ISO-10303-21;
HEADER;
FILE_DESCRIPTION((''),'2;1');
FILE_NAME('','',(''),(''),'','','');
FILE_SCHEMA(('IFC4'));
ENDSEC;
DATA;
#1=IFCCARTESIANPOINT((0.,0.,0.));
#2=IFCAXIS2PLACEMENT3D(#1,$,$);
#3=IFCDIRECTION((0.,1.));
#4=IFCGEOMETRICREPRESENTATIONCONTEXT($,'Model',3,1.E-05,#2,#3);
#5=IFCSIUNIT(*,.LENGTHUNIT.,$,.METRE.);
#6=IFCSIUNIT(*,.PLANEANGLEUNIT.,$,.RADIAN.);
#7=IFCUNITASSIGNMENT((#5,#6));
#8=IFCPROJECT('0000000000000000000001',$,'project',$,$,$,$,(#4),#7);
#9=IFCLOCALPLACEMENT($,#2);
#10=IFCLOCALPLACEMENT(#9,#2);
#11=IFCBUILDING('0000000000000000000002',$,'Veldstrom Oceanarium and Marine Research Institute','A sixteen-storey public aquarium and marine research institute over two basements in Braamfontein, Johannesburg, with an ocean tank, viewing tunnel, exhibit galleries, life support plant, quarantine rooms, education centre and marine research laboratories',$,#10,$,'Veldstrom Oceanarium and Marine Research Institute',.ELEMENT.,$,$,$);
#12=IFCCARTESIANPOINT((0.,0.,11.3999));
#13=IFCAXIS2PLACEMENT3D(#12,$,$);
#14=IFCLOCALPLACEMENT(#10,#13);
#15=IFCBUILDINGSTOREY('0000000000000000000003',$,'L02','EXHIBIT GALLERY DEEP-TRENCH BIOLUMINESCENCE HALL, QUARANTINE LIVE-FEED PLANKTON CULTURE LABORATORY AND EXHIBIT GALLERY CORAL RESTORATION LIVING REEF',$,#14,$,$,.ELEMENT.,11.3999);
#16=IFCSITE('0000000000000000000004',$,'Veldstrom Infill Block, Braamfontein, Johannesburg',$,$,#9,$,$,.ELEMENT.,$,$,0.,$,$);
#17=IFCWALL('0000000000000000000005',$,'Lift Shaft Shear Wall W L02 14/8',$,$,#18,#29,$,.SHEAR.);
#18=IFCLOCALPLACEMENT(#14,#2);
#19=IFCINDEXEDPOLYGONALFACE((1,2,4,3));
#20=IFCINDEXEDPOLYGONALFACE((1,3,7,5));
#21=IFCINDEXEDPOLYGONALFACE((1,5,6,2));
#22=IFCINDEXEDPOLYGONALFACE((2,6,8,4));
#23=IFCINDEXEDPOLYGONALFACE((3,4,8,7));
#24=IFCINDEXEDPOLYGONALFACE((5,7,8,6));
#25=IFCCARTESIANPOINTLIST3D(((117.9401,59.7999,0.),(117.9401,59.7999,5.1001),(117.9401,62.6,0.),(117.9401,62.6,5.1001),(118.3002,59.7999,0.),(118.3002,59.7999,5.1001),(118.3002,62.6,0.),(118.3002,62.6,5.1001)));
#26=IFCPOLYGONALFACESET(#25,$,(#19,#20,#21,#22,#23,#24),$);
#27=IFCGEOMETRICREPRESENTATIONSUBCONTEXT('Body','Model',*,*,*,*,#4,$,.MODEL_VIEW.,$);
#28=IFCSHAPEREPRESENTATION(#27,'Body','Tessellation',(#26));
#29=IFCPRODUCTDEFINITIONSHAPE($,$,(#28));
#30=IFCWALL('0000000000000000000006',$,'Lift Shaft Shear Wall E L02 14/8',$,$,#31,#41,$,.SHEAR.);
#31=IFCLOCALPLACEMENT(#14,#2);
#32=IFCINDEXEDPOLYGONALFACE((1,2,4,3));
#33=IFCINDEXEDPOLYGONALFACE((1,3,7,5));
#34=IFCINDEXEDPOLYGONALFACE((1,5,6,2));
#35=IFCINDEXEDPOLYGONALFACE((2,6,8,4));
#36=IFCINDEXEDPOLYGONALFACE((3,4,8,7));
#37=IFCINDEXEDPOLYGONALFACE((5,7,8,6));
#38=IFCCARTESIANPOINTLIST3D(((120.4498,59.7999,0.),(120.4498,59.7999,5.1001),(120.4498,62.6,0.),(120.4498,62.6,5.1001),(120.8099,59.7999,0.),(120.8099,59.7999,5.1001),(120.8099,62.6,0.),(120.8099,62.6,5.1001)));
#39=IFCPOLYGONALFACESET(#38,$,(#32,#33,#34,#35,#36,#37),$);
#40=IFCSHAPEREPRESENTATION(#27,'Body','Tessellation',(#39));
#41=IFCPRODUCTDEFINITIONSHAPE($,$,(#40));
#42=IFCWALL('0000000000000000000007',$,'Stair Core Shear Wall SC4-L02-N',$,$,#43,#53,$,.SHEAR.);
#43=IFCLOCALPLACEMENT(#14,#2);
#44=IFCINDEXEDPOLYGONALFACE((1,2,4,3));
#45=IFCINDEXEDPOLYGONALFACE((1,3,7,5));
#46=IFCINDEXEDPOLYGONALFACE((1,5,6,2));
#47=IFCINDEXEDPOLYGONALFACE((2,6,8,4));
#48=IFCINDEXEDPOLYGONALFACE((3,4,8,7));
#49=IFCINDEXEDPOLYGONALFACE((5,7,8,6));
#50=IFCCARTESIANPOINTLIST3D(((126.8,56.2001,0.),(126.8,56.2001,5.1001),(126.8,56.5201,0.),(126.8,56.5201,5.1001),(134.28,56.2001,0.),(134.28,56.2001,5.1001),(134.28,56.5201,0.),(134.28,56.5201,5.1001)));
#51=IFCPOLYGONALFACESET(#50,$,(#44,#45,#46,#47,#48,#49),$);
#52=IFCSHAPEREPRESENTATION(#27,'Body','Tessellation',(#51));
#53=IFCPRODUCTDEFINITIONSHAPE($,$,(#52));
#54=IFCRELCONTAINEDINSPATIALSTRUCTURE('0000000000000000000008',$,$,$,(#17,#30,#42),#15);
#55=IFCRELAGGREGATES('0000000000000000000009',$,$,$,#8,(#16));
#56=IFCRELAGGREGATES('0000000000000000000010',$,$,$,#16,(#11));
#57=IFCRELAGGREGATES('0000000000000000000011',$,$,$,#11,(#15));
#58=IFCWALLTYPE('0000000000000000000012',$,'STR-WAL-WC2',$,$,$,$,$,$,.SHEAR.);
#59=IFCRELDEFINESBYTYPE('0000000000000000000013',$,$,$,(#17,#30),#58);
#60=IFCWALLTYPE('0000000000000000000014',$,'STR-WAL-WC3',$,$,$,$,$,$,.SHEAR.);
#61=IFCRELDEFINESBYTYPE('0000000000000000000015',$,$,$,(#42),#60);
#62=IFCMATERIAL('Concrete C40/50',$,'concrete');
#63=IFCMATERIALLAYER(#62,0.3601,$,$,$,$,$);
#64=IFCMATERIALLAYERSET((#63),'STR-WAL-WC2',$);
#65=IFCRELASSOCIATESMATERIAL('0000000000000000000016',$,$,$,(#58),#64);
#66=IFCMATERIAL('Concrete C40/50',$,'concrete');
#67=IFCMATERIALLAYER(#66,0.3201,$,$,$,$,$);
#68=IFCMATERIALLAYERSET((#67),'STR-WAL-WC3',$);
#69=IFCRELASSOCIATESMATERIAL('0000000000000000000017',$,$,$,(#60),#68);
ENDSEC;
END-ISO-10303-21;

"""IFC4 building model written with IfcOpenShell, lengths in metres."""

from ifc_helpers import new_model, si_unit, direction, frame, frame_2d, origin, place, context, subcontext, project, spatial, rectangle, extrude, material, layer, layer_set, type_object, element, save


model = new_model("IFC4")

# Units and contexts
model_context = context("Model", 3, precision=1e-05, world=origin(), true_north=direction((0.0, 1.0)))
body_context = subcontext(model_context, "Body", "Model", "MODEL_VIEW")
ifc_project = project(units=[si_unit("LENGTHUNIT", "METRE"), si_unit("PLANEANGLEUNIT", "RADIAN")], contexts=[model_context])

# Site, building, storey
site_placement = place(None, origin())
site = spatial("IfcSite", under=ifc_project, at=site_placement, Name="Veldstrom Infill Block, Braamfontein, Johannesburg", CompositionType="ELEMENT", RefElevation=0.0)
building_placement = place(site_placement, origin())
building = spatial("IfcBuilding", under=site, at=building_placement, Name="Veldstrom Oceanarium and Marine Research Institute", Description="A sixteen-storey public aquarium and marine research institute over two basements in Braamfontein, Johannesburg, with an ocean tank, viewing tunnel, exhibit galleries, life support plant, quarantine rooms, education centre and marine research laboratories", LongName="Veldstrom Oceanarium and Marine Research Institute", CompositionType="ELEMENT")
storey_placement = place(building_placement, frame((0.0, 0.0, 11.3999)))
storey = spatial("IfcBuildingStorey", under=building, at=storey_placement, Name="L02", Description="EXHIBIT GALLERY DEEP-TRENCH BIOLUMINESCENCE HALL, QUARANTINE LIVE-FEED PLANKTON CULTURE LABORATORY AND EXHIBIT GALLERY CORAL RESTORATION LIVING REEF", CompositionType="ELEMENT", Elevation=11.3999)

# Shared definitions
ifc_material_1 = material(Name="Concrete C40/50", Category="concrete")
ifc_layer_1 = layer(ifc_material_1, 0.3601)
ifc_layer_set_1 = layer_set([ifc_layer_1], Name="STR-WAL-WC2")
wall_type_1 = type_object("IfcWallType", Name="STR-WAL-WC2", PredefinedType="SHEAR", material=ifc_layer_set_1)

# Walls
for number, where, z_axis, x_axis, name in (
    (1, (118.1201, 59.8, 0.0), (0.0, 0.0, 1.0), (0.0, 1.0, 0.0), "Lift Shaft Shear Wall W L02 14/8"),
    (2, (120.6299, 59.8, 0.0), (0.0, 0.0, 1.0), (0.0, 1.0, 0.0), "Lift Shaft Shear Wall E L02 14/8"),
):
    element("IfcWall", number, at=place(storey_placement, frame(where, z_axis=z_axis, x_axis=x_axis)), inside=storey, type_object=wall_type_1, Name=name, PredefinedType="SHEAR", context=body_context, shape_type="SweptSolid", body=[
        extrude(rectangle(XDim=2.8, YDim=0.3601, at=frame_2d((1.3999, 0.0))), origin(), (0.0, 0.0, 1.0), 5.1001),
    ])
ifc_material_2 = material(Name="Concrete C40/50", Category="concrete")
ifc_layer_2 = layer(ifc_material_2, 0.3201)
ifc_layer_set_2 = layer_set([ifc_layer_2], Name="STR-WAL-WC3")
wall_type_2 = type_object("IfcWallType", Name="STR-WAL-WC3", PredefinedType="SHEAR", material=ifc_layer_set_2)
wall_1_placement = place(storey_placement, frame((126.8, 56.3601, 0.0), z_axis=(0.0, 0.0, 1.0), x_axis=(1.0, 0.0, 0.0)))
element("IfcWall", 3, at=wall_1_placement, inside=storey, type_object=wall_type_2, Name="Stair Core Shear Wall SC4-L02-N", PredefinedType="SHEAR", context=body_context, shape_type="SweptSolid", body=[
    extrude(rectangle(XDim=7.48, YDim=0.3201, at=frame_2d((3.74, 0.0))), origin(), (0.0, 0.0, 1.0), 5.1001),
])

save(model, "model.ifc")
